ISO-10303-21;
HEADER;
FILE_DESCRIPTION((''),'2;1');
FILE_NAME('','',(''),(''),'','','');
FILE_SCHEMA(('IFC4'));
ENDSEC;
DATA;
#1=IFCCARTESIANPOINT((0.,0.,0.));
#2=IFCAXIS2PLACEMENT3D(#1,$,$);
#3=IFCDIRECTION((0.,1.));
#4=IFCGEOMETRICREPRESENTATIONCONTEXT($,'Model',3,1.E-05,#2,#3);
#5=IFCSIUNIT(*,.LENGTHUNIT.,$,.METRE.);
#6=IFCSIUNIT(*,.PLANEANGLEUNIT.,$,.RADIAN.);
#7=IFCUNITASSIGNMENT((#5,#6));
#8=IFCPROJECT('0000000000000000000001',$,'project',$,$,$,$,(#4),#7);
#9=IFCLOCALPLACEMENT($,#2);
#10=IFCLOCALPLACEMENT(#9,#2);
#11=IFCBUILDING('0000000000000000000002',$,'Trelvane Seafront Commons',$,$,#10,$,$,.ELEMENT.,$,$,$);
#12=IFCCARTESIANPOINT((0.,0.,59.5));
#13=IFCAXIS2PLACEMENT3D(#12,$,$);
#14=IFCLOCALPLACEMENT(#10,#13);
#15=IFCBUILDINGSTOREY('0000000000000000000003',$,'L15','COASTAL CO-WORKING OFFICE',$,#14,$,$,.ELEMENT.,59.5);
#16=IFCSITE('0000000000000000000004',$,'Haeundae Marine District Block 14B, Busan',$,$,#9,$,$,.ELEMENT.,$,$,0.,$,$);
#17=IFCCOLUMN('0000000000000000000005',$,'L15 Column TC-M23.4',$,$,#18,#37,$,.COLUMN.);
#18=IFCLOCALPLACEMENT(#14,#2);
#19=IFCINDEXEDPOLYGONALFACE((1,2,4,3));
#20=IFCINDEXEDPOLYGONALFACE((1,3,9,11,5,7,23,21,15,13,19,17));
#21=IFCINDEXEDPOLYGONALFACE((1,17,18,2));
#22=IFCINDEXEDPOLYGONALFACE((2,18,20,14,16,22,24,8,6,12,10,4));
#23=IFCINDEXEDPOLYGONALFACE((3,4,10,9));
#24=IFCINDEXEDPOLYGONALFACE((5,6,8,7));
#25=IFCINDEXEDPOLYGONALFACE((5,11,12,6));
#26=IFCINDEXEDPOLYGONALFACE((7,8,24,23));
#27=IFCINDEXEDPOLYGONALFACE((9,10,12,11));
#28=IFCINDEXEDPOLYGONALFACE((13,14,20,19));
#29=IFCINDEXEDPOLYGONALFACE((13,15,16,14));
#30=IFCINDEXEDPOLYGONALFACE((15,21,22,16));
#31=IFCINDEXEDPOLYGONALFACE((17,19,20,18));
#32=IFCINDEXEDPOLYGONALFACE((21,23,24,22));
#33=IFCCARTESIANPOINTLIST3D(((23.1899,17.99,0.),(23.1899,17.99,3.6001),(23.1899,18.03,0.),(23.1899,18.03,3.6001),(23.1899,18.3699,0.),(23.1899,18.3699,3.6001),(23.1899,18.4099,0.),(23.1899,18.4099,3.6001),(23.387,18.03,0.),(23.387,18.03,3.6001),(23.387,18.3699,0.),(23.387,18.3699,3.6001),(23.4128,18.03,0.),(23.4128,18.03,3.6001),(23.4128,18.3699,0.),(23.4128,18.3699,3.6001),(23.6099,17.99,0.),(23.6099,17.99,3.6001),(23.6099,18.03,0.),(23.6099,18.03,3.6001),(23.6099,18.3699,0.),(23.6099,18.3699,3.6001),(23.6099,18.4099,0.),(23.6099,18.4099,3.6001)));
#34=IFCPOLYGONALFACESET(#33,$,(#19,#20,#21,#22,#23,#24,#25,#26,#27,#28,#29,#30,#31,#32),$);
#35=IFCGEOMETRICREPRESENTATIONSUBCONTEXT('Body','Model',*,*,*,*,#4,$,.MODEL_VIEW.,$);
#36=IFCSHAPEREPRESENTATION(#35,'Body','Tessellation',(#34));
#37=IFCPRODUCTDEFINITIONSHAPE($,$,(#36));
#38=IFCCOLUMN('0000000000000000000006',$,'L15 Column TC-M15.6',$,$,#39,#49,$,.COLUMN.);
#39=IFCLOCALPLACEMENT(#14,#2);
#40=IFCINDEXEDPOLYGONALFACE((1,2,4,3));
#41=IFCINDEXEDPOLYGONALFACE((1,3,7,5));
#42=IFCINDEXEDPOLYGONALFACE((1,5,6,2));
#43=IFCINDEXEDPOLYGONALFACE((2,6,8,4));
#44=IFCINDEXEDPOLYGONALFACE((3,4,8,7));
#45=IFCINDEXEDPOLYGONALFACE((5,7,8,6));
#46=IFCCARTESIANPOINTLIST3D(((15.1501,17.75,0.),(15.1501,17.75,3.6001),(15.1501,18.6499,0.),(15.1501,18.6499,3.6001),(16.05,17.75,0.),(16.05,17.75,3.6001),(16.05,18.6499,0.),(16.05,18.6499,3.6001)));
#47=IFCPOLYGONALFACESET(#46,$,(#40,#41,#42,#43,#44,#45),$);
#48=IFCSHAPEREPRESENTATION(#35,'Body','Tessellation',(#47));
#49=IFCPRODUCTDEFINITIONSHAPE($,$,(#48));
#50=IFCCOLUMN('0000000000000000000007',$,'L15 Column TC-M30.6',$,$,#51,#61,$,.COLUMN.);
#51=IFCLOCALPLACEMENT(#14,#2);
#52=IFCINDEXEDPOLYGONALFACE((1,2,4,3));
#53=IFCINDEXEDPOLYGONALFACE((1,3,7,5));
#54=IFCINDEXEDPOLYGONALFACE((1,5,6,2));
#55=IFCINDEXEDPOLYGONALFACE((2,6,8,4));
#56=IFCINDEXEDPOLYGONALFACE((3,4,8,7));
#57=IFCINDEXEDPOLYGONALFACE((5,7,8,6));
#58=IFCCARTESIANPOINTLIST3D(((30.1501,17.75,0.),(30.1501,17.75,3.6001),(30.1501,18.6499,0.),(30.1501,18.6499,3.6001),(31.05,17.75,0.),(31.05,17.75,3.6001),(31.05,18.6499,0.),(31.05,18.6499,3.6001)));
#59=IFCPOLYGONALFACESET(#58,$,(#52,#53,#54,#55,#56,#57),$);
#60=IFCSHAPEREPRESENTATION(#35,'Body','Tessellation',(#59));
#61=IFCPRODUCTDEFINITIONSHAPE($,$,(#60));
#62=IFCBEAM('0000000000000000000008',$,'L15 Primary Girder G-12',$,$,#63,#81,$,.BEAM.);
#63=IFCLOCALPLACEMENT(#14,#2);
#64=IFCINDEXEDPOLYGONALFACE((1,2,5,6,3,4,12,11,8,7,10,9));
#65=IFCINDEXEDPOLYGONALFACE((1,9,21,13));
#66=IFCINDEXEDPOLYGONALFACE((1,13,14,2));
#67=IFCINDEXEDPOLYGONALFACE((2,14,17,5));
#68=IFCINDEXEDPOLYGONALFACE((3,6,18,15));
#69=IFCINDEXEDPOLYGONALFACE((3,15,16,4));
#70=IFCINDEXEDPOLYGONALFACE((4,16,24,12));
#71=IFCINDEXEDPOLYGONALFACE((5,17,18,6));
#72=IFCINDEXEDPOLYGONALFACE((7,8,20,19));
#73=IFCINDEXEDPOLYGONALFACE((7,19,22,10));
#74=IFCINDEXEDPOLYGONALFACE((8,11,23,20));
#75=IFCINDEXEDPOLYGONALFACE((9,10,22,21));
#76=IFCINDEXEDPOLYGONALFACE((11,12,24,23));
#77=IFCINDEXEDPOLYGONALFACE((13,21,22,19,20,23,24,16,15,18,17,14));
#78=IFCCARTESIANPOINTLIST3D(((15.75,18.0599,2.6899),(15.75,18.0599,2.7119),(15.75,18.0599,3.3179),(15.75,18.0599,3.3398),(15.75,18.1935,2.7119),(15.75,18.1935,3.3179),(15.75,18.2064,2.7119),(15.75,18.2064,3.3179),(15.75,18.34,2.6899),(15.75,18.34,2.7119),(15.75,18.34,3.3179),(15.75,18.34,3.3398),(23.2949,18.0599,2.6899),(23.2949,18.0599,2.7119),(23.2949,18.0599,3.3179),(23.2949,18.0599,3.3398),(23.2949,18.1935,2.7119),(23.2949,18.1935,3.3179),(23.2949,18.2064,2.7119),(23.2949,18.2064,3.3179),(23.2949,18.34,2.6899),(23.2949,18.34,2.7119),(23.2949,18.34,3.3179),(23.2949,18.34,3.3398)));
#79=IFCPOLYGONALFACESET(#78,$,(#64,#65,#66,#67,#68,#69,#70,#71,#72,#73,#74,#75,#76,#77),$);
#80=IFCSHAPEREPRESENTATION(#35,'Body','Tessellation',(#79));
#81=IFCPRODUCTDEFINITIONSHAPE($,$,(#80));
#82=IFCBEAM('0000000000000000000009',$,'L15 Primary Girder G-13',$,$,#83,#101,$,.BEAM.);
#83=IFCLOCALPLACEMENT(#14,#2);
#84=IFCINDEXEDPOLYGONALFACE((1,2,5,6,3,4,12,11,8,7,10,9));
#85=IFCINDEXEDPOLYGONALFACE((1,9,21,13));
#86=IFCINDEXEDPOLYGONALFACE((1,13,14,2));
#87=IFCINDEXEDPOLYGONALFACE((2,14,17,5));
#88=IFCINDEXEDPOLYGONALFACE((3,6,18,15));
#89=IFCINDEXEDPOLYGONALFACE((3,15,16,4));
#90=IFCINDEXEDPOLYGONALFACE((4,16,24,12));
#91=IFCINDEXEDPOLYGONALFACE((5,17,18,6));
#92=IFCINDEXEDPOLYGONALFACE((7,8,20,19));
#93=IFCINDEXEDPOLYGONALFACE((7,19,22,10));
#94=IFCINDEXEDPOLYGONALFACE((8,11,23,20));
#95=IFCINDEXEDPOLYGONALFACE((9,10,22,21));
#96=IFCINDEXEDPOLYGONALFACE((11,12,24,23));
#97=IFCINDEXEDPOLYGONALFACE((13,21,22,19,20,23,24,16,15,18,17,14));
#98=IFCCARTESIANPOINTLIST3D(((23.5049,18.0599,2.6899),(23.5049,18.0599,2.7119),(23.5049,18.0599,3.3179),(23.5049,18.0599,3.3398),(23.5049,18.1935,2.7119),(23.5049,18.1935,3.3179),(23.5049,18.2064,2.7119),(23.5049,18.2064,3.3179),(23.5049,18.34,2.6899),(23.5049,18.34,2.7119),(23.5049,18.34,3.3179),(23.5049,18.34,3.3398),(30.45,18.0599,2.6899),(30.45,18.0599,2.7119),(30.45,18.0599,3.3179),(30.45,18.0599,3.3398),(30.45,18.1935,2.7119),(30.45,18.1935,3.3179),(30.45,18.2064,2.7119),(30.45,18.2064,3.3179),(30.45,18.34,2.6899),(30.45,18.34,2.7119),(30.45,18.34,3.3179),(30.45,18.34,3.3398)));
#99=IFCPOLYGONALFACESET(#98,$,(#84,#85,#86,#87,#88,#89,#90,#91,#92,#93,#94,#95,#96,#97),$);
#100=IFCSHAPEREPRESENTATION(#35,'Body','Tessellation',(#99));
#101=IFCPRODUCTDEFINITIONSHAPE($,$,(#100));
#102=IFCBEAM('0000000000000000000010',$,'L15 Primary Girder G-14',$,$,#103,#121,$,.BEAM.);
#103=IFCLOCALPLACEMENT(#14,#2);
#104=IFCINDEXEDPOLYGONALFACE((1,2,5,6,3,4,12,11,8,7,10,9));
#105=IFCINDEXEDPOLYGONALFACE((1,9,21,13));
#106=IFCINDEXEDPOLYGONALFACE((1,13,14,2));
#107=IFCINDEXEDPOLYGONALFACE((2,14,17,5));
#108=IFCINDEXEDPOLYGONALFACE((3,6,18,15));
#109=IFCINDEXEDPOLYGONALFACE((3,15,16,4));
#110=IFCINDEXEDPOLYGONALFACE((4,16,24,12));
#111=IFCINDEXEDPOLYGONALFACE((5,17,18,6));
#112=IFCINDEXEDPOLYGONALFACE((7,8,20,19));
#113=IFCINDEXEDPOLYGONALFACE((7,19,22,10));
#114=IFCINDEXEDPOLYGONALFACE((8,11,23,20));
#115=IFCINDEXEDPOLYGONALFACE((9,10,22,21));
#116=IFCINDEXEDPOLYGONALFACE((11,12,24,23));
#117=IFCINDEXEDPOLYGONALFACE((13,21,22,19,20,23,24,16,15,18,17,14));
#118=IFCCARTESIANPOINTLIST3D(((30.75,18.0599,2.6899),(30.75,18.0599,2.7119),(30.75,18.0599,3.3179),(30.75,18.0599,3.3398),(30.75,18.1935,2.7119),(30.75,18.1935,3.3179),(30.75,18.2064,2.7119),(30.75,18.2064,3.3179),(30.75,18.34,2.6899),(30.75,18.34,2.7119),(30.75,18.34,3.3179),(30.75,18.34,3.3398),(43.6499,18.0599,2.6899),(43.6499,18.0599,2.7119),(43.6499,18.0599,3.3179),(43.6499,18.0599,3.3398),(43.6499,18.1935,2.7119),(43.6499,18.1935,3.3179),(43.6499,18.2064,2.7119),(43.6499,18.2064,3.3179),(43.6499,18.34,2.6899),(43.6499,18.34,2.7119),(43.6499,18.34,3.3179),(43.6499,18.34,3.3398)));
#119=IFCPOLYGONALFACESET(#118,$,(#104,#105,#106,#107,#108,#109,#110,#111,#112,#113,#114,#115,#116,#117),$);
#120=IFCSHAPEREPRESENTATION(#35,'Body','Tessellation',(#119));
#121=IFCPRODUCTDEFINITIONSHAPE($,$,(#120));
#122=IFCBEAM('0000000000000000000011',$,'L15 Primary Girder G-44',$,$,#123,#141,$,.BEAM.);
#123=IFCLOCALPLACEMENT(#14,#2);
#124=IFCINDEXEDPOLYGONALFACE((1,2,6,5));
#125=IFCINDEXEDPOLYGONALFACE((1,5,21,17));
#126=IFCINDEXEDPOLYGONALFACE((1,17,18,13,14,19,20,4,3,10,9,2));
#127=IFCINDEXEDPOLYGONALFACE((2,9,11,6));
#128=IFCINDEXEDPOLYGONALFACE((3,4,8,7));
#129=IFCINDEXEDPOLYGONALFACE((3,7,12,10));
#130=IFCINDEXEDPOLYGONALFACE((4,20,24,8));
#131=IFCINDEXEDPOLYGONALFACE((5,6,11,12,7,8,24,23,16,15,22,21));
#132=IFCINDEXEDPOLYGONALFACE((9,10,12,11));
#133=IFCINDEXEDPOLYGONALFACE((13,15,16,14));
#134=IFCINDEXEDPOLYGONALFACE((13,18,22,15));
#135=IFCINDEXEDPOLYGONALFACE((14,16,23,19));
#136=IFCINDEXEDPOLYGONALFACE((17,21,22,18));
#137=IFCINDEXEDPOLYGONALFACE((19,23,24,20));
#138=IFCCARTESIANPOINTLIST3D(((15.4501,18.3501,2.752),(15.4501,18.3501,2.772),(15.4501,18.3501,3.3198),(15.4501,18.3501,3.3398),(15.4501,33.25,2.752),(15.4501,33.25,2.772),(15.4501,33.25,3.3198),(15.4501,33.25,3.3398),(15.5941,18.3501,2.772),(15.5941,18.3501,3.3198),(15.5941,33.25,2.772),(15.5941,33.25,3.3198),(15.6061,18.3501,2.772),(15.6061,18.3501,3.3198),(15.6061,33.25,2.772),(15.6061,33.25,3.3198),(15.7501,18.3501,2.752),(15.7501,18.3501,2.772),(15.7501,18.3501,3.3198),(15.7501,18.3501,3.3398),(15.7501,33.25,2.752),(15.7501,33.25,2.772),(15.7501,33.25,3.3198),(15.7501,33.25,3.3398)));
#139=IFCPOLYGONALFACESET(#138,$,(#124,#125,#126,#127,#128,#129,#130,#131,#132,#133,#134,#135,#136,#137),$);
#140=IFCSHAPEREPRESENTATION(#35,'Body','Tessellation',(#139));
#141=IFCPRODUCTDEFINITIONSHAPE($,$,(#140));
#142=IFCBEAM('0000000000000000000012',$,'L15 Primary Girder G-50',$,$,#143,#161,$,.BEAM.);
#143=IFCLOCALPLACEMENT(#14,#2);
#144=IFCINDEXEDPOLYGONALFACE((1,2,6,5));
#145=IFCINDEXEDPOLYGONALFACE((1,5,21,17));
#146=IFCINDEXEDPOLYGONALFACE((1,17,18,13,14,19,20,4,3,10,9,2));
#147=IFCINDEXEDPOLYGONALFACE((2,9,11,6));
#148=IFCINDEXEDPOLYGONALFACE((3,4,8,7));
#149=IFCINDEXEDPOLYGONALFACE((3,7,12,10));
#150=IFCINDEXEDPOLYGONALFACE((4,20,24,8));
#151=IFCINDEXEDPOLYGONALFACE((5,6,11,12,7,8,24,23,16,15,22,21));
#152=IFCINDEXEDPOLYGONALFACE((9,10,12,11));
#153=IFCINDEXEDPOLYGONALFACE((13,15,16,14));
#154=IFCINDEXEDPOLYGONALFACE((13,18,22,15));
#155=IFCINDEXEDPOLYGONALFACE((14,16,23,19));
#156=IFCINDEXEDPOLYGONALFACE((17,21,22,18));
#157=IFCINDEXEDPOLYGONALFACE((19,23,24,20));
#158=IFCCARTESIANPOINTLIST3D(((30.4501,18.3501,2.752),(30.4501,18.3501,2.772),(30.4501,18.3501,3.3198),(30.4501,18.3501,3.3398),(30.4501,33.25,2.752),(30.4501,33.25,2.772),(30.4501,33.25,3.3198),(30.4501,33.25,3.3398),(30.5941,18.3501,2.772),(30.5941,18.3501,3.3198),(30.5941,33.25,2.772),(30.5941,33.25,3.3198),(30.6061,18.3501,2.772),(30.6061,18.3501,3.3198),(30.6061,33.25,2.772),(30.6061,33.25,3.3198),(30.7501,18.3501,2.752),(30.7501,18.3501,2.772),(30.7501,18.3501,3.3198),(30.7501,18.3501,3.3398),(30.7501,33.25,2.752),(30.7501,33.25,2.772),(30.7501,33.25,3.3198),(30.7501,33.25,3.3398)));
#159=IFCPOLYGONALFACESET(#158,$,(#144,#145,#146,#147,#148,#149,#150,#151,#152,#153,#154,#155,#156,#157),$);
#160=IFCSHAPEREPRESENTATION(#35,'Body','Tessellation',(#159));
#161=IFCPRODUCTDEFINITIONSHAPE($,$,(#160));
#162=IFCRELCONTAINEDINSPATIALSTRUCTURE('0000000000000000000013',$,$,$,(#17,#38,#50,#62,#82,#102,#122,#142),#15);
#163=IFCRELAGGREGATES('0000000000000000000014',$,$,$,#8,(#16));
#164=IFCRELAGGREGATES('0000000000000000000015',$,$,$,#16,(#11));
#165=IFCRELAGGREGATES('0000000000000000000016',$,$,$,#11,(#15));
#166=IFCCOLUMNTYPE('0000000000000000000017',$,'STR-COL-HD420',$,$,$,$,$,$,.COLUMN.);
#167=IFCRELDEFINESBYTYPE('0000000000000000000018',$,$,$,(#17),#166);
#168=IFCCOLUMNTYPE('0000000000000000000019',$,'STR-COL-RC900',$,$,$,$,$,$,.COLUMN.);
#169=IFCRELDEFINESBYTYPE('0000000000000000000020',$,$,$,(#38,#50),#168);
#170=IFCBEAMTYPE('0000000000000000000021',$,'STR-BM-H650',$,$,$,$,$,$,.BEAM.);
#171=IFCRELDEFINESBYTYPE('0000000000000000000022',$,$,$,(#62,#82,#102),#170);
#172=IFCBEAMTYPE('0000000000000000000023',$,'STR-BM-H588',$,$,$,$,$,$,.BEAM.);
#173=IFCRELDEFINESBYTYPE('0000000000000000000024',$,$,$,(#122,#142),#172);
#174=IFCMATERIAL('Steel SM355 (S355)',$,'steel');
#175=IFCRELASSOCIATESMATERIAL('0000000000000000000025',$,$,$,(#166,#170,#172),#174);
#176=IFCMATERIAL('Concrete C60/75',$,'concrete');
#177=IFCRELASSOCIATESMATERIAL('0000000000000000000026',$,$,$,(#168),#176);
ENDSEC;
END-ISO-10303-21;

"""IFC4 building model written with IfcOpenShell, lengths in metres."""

from ifc_helpers import new_model, si_unit, direction, frame, origin, origin_2d, place, context, subcontext, project, spatial, rectangle, i_section, extrude, source, transform, mapped, material, material_profile, profile_set, type_object, element, save


model = new_model("IFC4")

# Units and contexts
model_context = context("Model", 3, precision=1e-05, world=origin(), true_north=direction((0.0, 1.0)))
body_context = subcontext(model_context, "Body", "Model", "MODEL_VIEW")
ifc_project = project(units=[si_unit("LENGTHUNIT", "METRE"), si_unit("PLANEANGLEUNIT", "RADIAN")], contexts=[model_context])

# Site, building, storey
site_placement = place(None, origin())
site = spatial("IfcSite", under=ifc_project, at=site_placement, Name="Haeundae Marine District Block 14B, Busan", CompositionType="ELEMENT", RefElevation=0.0)
building_placement = place(site_placement, origin())
building = spatial("IfcBuilding", under=site, at=building_placement, Name="Trelvane Seafront Commons", CompositionType="ELEMENT")
storey_placement = place(building_placement, frame((0.0, 0.0, 59.5)))
storey = spatial("IfcBuildingStorey", under=building, at=storey_placement, Name="L15", Description="COASTAL CO-WORKING OFFICE", CompositionType="ELEMENT", Elevation=59.5)

# Columns
ifc_material_1 = material(Name="Steel SM355 (S355)", Category="steel")
ifc_material_profile_1 = material_profile(ifc_material_1, i_section(OverallWidth=0.4199, OverallDepth=0.4199, WebThickness=0.0259, FlangeThickness=0.04, at=origin_2d()), Name="HD-420x420x26x40")
ifc_profile_set_1 = profile_set([ifc_material_profile_1], Name="Steel SM355 (S355)")
column_type_1 = type_object("IfcColumnType", Name="STR-COL-HD420", PredefinedType="COLUMN", material=ifc_profile_set_1)
shared_shape_1 = source(origin(), body_context, "Body", "SweptSolid", [
    extrude(i_section(OverallWidth=0.4199, OverallDepth=0.4199, WebThickness=0.0259, FlangeThickness=0.04, at=origin_2d()), origin(), (0.0, 0.0, 1.0), 3.6001),
])
column_placement = place(storey_placement, frame((23.3999, 18.2, 0.0), z_axis=(0.0, 0.0, 1.0), x_axis=(1.0, 0.0, 0.0)))
element("IfcColumn", 1, at=column_placement, inside=storey, type_object=column_type_1, Name="L15 Column TC-M23.4", PredefinedType="COLUMN", context=body_context, shape_type="MappedRepresentation", body=[
    mapped(shared_shape_1, transform((0.0, 0.0, 0.0), x_axis=(1.0, 0.0, 0.0), y_axis=(0.0, 1.0, 0.0), z_axis=(0.0, 0.0, 1.0), scale=1.0)),
])
ifc_material_2 = material(Name="Concrete C60/75", Category="concrete")
ifc_material_profile_2 = material_profile(ifc_material_2, rectangle(XDim=0.8999, YDim=0.8999, at=origin_2d()), Name="RC-900x900")
ifc_profile_set_2 = profile_set([ifc_material_profile_2], Name="Concrete C60/75")
column_type_2 = type_object("IfcColumnType", Name="STR-COL-RC900", PredefinedType="COLUMN", material=ifc_profile_set_2)
shared_shape_2 = source(origin(), body_context, "Body", "SweptSolid", [
    extrude(rectangle(XDim=0.8999, YDim=0.8999, at=origin_2d()), origin(), (0.0, 0.0, 1.0), 3.6001),
])
for number, where, z_axis, x_axis, name in (
    (2, (15.6001, 18.2, 0.0), (0.0, 0.0, 1.0), (1.0, 0.0, 0.0), "L15 Column TC-M15.6"),
    (3, (30.6001, 18.2, 0.0), (0.0, 0.0, 1.0), (1.0, 0.0, 0.0), "L15 Column TC-M30.6"),
):
    element("IfcColumn", number, at=place(storey_placement, frame(where, z_axis=z_axis, x_axis=x_axis)), inside=storey, type_object=column_type_2, Name=name, PredefinedType="COLUMN", context=body_context, shape_type="MappedRepresentation", body=[
        mapped(shared_shape_2, transform((0.0, 0.0, 0.0), x_axis=(1.0, 0.0, 0.0), y_axis=(0.0, 1.0, 0.0), z_axis=(0.0, 0.0, 1.0), scale=1.0)),
    ])

# Beams
ifc_material_profile_3 = material_profile(ifc_material_1, i_section(OverallWidth=0.28, OverallDepth=0.6499, WebThickness=0.0129, FlangeThickness=0.022, at=origin_2d()), Name="H-650x280x13x22")
ifc_profile_set_3 = profile_set([ifc_material_profile_3], Name="Steel SM355 (S355)")
beam_type_1 = type_object("IfcBeamType", Name="STR-BM-H650", PredefinedType="BEAM", material=ifc_profile_set_3)
shared_shape_3 = source(origin(), body_context, "Body", "SweptSolid", [
    extrude(i_section(OverallWidth=0.28, OverallDepth=0.6499, WebThickness=0.0129, FlangeThickness=0.022, at=origin_2d()), origin(), (0.0, 0.0, 1.0), 7.5449),
])
beam_1_placement = place(storey_placement, frame((15.75, 18.2, 3.0149), z_axis=(1.0, 0.0, 0.0), x_axis=(0.0, 1.0, 0.0)))
element("IfcBeam", 4, at=beam_1_placement, inside=storey, type_object=beam_type_1, Name="L15 Primary Girder G-12", PredefinedType="BEAM", context=body_context, shape_type="MappedRepresentation", body=[
    mapped(shared_shape_3, transform((0.0, 0.0, 0.0), x_axis=(1.0, 0.0, 0.0), y_axis=(0.0, 1.0, 0.0), z_axis=(0.0, 0.0, 1.0), scale=1.0)),
])
shared_shape_4 = source(origin(), body_context, "Body", "SweptSolid", [
    extrude(i_section(OverallWidth=0.28, OverallDepth=0.6499, WebThickness=0.0129, FlangeThickness=0.022, at=origin_2d()), origin(), (0.0, 0.0, 1.0), 6.9451),
])
beam_2_placement = place(storey_placement, frame((23.5049, 18.2, 3.0149), z_axis=(1.0, 0.0, 0.0), x_axis=(0.0, 1.0, 0.0)))
element("IfcBeam", 5, at=beam_2_placement, inside=storey, type_object=beam_type_1, Name="L15 Primary Girder G-13", PredefinedType="BEAM", context=body_context, shape_type="MappedRepresentation", body=[
    mapped(shared_shape_4, transform((0.0, 0.0, 0.0), x_axis=(1.0, 0.0, 0.0), y_axis=(0.0, 1.0, 0.0), z_axis=(0.0, 0.0, 1.0), scale=1.0)),
])
shared_shape_5 = source(origin(), body_context, "Body", "SweptSolid", [
    extrude(i_section(OverallWidth=0.28, OverallDepth=0.6499, WebThickness=0.0129, FlangeThickness=0.022, at=origin_2d()), origin(), (0.0, 0.0, 1.0), 12.8999),
])
beam_3_placement = place(storey_placement, frame((30.75, 18.2, 3.0149), z_axis=(1.0, 0.0, 0.0), x_axis=(0.0, 1.0, 0.0)))
element("IfcBeam", 6, at=beam_3_placement, inside=storey, type_object=beam_type_1, Name="L15 Primary Girder G-14", PredefinedType="BEAM", context=body_context, shape_type="MappedRepresentation", body=[
    mapped(shared_shape_5, transform((0.0, 0.0, 0.0), x_axis=(1.0, 0.0, 0.0), y_axis=(0.0, 1.0, 0.0), z_axis=(0.0, 0.0, 1.0), scale=1.0)),
])
ifc_material_profile_4 = material_profile(ifc_material_1, i_section(OverallWidth=0.3, OverallDepth=0.5879, WebThickness=0.012, FlangeThickness=0.02, at=origin_2d()), Name="H-588x300x12x20")
ifc_profile_set_4 = profile_set([ifc_material_profile_4], Name="Steel SM355 (S355)")
beam_type_2 = type_object("IfcBeamType", Name="STR-BM-H588", PredefinedType="BEAM", material=ifc_profile_set_4)
shared_shape_6 = source(origin(), body_context, "Body", "SweptSolid", [
    extrude(i_section(OverallWidth=0.3, OverallDepth=0.5879, WebThickness=0.012, FlangeThickness=0.02, at=origin_2d()), origin(), (0.0, 0.0, 1.0), 14.8999),
])
for number, where, z_axis, x_axis, name in (
    (7, (15.6001, 18.3501, 3.0459), (0.0, 1.0, 0.0), (-1.0, 0.0, 0.0), "L15 Primary Girder G-44"),
    (8, (30.6001, 18.3501, 3.0459), (0.0, 1.0, 0.0), (-1.0, 0.0, 0.0), "L15 Primary Girder G-50"),
):
    element("IfcBeam", number, at=place(storey_placement, frame(where, z_axis=z_axis, x_axis=x_axis)), inside=storey, type_object=beam_type_2, Name=name, PredefinedType="BEAM", context=body_context, shape_type="MappedRepresentation", body=[
        mapped(shared_shape_6, transform((0.0, 0.0, 0.0), x_axis=(1.0, 0.0, 0.0), y_axis=(0.0, 1.0, 0.0), z_axis=(0.0, 0.0, 1.0), scale=1.0)),
    ])

save(model, "model.ifc")
